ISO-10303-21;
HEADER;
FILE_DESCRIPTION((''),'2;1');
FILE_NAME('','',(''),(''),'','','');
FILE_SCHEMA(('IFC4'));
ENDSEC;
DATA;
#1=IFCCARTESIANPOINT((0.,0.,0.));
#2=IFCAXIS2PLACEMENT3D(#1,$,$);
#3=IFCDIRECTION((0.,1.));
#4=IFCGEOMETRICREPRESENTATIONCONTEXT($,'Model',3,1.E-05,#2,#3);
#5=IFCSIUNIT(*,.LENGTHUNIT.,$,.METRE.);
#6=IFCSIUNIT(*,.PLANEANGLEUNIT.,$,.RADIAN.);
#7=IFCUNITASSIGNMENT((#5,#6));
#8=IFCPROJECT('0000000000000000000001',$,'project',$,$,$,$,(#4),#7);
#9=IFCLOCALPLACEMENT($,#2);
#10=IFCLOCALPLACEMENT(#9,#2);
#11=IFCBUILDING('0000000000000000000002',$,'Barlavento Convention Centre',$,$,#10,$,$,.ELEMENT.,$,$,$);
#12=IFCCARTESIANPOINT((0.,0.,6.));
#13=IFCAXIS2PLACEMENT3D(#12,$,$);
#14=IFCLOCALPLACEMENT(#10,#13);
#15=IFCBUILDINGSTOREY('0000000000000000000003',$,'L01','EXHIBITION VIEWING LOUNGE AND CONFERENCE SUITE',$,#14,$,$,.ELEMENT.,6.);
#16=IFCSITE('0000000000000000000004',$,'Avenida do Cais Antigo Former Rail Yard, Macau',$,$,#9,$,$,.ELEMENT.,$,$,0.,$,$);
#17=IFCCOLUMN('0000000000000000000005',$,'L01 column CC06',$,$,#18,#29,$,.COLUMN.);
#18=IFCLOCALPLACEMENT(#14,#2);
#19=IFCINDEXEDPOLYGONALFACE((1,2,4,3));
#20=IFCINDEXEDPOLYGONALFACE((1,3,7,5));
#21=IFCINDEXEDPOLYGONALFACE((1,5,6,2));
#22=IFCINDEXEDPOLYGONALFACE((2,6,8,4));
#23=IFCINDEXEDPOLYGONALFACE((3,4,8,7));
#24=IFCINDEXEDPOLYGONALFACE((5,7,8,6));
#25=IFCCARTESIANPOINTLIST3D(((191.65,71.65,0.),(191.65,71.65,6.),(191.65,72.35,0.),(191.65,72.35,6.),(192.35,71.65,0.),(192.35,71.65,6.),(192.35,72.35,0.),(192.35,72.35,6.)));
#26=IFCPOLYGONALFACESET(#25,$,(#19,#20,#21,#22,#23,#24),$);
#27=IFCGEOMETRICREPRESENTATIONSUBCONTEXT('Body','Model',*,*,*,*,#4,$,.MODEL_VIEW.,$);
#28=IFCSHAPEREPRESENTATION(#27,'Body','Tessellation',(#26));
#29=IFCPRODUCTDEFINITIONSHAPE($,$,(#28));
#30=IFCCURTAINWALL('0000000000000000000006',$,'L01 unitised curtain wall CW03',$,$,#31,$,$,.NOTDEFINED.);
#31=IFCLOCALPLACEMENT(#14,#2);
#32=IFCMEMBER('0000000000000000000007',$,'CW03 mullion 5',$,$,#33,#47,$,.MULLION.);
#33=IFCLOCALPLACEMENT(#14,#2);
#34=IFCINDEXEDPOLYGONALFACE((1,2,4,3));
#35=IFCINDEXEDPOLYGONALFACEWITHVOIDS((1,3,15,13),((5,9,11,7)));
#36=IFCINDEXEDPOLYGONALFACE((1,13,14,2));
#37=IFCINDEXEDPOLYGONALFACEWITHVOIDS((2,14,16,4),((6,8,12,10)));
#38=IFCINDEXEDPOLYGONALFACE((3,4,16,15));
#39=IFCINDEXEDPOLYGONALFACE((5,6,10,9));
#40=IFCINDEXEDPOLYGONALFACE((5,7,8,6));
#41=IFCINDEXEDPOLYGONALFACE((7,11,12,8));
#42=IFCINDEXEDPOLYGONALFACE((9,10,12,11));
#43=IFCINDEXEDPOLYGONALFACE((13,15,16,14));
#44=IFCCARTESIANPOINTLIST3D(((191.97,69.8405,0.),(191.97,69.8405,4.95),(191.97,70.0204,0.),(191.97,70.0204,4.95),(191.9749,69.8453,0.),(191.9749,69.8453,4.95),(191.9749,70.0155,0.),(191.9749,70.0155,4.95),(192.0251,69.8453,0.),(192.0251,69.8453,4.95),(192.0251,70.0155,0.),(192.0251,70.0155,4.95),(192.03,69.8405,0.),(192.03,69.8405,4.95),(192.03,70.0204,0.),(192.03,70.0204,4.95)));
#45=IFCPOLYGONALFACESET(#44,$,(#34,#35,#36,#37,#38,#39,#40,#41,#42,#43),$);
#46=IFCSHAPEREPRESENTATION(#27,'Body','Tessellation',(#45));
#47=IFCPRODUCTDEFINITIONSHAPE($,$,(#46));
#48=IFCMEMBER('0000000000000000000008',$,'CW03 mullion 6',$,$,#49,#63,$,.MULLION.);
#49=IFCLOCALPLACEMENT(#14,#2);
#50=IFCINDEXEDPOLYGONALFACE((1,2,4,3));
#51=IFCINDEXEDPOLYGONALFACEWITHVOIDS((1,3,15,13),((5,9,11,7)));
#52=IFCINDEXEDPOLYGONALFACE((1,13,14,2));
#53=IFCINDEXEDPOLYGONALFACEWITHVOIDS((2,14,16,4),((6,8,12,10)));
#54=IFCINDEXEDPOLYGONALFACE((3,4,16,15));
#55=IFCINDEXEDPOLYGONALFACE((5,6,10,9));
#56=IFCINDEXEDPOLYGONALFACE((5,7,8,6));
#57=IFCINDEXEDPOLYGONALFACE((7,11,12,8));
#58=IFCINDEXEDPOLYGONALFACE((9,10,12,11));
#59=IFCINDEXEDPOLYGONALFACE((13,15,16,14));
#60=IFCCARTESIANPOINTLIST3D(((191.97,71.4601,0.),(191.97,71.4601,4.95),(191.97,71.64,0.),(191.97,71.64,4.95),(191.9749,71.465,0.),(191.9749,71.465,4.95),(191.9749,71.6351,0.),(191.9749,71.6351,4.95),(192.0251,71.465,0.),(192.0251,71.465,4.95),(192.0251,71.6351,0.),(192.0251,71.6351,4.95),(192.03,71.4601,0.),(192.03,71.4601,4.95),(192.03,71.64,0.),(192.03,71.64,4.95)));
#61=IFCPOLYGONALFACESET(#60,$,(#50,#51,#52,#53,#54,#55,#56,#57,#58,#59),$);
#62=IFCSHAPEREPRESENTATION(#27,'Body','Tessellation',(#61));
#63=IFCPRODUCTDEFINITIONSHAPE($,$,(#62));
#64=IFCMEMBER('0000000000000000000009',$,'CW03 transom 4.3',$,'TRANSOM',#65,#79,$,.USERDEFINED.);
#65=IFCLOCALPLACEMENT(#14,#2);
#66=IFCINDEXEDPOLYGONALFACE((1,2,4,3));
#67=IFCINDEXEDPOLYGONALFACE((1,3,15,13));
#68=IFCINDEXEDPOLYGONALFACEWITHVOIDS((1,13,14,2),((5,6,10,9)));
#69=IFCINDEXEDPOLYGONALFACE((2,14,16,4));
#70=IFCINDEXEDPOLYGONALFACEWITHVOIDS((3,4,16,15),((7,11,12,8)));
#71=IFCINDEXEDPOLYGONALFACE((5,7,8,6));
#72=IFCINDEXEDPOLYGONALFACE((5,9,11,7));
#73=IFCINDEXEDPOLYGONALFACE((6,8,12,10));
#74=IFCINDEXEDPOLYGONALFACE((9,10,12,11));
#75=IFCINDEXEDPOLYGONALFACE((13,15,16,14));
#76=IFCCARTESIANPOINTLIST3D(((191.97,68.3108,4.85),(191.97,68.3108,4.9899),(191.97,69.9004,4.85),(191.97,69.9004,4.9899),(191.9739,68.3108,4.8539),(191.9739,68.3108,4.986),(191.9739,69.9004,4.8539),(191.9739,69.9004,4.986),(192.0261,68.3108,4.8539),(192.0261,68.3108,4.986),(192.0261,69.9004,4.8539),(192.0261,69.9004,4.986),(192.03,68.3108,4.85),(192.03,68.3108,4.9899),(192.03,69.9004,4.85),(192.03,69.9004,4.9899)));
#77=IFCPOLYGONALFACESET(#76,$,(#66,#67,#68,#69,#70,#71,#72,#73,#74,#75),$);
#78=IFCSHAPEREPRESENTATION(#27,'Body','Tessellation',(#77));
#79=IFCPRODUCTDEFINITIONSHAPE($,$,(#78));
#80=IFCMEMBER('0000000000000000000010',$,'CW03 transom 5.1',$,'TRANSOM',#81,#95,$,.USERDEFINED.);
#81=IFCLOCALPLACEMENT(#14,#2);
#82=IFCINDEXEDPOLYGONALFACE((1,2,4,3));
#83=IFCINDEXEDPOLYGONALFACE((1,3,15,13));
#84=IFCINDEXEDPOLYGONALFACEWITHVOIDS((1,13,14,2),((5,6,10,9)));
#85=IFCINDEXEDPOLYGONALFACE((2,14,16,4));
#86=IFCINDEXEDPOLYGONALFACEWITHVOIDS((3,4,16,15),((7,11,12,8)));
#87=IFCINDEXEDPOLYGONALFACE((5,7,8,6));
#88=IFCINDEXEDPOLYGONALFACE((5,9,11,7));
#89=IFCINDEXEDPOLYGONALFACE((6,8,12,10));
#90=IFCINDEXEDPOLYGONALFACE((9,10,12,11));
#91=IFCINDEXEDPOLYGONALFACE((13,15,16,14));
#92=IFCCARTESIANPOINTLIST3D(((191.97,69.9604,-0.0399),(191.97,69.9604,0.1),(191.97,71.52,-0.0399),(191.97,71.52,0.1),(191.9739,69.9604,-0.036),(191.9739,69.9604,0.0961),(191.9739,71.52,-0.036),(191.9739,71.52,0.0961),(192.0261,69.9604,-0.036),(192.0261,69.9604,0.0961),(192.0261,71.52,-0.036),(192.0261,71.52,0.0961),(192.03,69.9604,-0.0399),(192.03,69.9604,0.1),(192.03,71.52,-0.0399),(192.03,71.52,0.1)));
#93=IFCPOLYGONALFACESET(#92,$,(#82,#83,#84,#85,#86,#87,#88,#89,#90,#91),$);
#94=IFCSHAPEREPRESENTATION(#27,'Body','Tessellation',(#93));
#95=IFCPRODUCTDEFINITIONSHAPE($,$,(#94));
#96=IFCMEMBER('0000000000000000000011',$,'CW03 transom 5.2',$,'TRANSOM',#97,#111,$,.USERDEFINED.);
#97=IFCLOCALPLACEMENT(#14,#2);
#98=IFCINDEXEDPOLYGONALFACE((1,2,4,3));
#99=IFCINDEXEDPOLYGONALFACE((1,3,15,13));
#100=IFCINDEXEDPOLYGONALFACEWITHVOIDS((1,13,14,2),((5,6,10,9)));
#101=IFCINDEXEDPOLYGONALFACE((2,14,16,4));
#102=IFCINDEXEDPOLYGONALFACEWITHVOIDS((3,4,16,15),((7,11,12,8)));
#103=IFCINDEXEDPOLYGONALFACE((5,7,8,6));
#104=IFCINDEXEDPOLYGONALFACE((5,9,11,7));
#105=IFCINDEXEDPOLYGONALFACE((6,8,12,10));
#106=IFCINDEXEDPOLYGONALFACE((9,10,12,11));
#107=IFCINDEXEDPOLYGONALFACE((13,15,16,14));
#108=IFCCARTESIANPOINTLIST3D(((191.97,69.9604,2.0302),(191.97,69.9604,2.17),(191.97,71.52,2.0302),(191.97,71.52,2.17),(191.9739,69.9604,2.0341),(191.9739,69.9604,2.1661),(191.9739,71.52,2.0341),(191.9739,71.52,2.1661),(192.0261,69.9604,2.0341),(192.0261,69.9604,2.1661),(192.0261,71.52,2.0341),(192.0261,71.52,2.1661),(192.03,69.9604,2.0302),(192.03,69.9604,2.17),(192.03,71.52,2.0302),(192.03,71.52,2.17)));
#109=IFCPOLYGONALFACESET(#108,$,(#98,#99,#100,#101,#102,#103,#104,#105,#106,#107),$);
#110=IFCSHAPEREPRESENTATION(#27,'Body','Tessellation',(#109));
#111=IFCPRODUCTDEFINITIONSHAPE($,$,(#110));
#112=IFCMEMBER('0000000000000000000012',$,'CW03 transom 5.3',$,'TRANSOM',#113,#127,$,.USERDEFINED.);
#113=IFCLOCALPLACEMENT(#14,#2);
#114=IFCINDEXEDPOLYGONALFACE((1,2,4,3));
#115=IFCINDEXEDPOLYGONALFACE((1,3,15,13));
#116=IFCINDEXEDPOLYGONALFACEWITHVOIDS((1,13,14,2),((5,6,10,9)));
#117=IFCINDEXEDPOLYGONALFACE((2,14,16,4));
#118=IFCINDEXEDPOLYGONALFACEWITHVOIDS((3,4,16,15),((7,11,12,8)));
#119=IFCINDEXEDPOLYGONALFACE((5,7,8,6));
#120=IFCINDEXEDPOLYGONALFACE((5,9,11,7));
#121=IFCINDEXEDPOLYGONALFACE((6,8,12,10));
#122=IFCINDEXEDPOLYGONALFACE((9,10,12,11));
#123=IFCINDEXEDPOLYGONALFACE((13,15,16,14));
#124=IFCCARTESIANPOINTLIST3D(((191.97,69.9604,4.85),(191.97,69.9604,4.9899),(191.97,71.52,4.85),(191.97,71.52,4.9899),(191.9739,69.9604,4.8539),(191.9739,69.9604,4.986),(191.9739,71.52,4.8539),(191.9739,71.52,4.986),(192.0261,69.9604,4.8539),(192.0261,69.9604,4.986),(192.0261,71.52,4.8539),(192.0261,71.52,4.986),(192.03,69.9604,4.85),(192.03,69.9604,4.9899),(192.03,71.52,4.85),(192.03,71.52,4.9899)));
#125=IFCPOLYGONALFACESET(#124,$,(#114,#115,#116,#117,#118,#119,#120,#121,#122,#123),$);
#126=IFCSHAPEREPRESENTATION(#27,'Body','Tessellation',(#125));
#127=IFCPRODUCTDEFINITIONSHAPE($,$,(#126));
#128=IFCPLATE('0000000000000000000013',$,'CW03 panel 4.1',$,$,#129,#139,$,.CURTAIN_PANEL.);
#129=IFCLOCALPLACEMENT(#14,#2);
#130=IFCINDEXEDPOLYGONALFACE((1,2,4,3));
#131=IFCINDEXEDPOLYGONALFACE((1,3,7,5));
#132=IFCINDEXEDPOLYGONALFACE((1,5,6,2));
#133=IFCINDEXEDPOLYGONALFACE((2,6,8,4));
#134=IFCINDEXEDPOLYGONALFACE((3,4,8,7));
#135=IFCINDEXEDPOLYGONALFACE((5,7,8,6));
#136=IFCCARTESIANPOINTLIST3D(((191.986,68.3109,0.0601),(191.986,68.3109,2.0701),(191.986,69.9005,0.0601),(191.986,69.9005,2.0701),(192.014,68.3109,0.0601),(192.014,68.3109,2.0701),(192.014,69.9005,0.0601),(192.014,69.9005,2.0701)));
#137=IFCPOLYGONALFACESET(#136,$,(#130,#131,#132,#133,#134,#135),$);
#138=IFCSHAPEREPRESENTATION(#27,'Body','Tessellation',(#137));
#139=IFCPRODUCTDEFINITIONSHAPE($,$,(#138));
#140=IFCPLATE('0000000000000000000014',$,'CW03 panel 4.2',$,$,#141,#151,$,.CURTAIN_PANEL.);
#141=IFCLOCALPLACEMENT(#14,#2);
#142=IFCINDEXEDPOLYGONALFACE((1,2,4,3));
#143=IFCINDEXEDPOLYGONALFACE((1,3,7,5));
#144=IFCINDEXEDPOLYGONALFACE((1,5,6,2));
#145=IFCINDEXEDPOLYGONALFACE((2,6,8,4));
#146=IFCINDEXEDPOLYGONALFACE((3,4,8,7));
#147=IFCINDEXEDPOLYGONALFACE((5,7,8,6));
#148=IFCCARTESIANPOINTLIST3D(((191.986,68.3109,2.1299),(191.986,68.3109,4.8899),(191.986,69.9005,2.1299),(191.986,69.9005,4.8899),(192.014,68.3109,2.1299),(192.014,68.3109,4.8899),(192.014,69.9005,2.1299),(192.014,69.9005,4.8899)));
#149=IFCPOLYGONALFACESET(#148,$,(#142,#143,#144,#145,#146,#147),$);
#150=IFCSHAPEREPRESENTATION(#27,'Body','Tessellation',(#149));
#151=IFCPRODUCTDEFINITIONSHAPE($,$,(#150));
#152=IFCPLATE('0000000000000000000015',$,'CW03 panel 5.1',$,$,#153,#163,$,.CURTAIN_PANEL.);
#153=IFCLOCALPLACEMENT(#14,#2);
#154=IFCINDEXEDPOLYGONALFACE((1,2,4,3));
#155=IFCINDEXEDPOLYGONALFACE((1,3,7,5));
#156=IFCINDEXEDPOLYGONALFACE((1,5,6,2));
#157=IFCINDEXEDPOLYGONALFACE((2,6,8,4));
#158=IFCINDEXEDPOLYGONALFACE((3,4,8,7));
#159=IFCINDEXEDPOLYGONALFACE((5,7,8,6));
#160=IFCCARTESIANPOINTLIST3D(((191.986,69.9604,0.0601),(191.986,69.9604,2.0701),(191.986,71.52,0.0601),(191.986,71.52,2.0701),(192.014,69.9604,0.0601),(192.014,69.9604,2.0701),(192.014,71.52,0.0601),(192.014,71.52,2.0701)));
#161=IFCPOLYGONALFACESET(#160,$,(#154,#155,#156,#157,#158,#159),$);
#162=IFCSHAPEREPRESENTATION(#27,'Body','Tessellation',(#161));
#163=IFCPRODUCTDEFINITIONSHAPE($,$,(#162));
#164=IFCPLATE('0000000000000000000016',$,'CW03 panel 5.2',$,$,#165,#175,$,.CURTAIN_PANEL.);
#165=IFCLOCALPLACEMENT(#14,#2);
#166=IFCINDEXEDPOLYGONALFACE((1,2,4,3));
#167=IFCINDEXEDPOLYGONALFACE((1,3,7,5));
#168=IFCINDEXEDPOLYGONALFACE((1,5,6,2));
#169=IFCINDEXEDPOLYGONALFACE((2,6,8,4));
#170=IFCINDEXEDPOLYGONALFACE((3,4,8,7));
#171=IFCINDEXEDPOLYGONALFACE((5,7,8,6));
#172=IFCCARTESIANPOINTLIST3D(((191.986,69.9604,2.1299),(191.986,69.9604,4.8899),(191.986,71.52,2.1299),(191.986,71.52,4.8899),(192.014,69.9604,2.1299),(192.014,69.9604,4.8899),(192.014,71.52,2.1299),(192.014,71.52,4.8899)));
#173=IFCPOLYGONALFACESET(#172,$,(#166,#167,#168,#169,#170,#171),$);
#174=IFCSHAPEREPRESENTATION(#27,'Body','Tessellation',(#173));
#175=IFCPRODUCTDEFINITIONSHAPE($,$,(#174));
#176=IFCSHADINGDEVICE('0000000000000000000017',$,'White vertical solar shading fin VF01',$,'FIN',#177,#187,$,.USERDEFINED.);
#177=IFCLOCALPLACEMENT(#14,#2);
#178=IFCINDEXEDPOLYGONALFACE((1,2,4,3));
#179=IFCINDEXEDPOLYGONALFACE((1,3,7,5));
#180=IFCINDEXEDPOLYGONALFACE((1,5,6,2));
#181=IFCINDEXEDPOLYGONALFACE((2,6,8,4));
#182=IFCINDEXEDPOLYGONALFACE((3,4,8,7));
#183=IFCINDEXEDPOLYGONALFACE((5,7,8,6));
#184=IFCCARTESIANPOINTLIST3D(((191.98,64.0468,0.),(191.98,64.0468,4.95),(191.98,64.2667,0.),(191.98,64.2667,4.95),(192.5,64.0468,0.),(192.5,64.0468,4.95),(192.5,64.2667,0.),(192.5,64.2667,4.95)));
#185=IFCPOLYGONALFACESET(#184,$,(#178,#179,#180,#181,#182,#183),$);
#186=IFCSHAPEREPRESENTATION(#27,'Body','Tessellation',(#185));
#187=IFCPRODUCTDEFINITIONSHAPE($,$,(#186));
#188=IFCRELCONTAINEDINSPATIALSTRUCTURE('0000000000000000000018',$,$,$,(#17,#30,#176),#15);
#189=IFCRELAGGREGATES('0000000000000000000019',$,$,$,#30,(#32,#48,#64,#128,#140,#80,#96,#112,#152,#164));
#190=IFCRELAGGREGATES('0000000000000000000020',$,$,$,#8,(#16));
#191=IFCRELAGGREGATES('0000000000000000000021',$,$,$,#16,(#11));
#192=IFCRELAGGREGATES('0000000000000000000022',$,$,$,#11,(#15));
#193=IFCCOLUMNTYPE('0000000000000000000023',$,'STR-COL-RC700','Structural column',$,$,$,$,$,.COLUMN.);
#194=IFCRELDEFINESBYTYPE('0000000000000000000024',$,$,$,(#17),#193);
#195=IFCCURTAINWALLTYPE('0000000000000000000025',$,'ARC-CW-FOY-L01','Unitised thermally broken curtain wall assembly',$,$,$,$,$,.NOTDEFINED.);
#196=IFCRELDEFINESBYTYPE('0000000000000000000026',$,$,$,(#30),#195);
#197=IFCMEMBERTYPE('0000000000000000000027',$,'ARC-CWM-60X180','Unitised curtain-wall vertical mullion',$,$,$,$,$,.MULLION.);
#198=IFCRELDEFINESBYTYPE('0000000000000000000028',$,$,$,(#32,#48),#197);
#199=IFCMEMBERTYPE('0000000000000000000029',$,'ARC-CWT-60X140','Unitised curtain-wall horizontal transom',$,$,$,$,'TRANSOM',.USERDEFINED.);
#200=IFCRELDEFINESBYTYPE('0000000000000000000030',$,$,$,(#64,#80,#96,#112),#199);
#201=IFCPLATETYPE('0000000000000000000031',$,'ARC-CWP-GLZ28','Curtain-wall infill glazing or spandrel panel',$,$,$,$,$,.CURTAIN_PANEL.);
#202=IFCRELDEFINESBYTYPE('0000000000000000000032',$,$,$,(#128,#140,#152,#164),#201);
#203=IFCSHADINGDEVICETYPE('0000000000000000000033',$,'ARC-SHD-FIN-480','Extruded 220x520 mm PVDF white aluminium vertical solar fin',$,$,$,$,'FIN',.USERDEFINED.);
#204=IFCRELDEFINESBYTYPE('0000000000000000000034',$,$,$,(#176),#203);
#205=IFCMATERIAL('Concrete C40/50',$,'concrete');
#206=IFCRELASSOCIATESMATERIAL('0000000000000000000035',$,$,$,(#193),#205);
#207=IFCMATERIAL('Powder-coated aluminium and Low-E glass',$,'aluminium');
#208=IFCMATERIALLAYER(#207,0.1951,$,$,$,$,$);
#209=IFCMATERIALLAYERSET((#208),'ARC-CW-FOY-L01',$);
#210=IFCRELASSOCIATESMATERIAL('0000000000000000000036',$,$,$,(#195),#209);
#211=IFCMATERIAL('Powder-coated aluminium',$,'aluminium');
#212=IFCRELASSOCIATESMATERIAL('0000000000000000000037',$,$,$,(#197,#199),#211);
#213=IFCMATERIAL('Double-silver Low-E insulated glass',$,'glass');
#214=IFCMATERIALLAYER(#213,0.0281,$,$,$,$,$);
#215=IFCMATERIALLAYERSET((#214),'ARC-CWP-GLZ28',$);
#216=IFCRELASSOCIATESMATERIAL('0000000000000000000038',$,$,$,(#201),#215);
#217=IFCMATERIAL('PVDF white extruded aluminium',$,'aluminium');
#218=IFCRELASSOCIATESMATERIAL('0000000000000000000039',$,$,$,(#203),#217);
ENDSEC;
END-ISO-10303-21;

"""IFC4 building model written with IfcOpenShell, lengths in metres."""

from ifc_helpers import new_model, si_unit, direction, frame, origin, origin_2d, place, context, subcontext, project, spatial, rectangle, hollow_rectangle, extrude, material, layer, layer_set, material_profile, profile_set, type_object, element, aggregate, save


model = new_model("IFC4")

# Units and contexts
model_context = context("Model", 3, precision=1e-05, world=origin(), true_north=direction((0.0, 1.0)))
body_context = subcontext(model_context, "Body", "Model", "MODEL_VIEW")
ifc_project = project(units=[si_unit("LENGTHUNIT", "METRE"), si_unit("PLANEANGLEUNIT", "RADIAN")], contexts=[model_context])

# Site, building, storey
site_placement = place(None, origin())
site = spatial("IfcSite", under=ifc_project, at=site_placement, Name="Avenida do Cais Antigo Former Rail Yard, Macau", CompositionType="ELEMENT", RefElevation=0.0)
building_placement = place(site_placement, origin())
building = spatial("IfcBuilding", under=site, at=building_placement, Name="Barlavento Convention Centre", CompositionType="ELEMENT")
storey_placement = place(building_placement, frame((0.0, 0.0, 6.0)))
storey = spatial("IfcBuildingStorey", under=building, at=storey_placement, Name="L01", Description="EXHIBITION VIEWING LOUNGE AND CONFERENCE SUITE", CompositionType="ELEMENT", Elevation=6.0)

# Column
ifc_material_1 = material(Name="Concrete C40/50", Category="concrete")
ifc_material_profile_1 = material_profile(ifc_material_1, rectangle(XDim=0.7, YDim=0.7, at=origin_2d()), Name="RC 700x700")
ifc_profile_set_1 = profile_set([ifc_material_profile_1], Name="Concrete C40/50")
column_type = type_object("IfcColumnType", Name="STR-COL-RC700", Description="Structural column", PredefinedType="COLUMN", material=ifc_profile_set_1)
column_placement = place(storey_placement, frame((192.0, 72.0, 0.0), z_axis=(0.0, 0.0, 1.0), x_axis=(1.0, 0.0, 0.0)))
element("IfcColumn", 1, at=column_placement, inside=storey, type_object=column_type, Name="L01 column CC06", PredefinedType="COLUMN", context=body_context, shape_type="SweptSolid", body=[
    extrude(rectangle(XDim=0.7, YDim=0.7, at=origin_2d()), origin(), (0.0, 0.0, 1.0), 6.0),
])

# Curtain wall, members, plates
ifc_material_2 = material(Name="Powder-coated aluminium and Low-E glass", Category="aluminium")
ifc_layer_1 = layer(ifc_material_2, 0.1951)
ifc_layer_set_1 = layer_set([ifc_layer_1], Name="ARC-CW-FOY-L01")
curtain_wall_type = type_object("IfcCurtainWallType", Name="ARC-CW-FOY-L01", Description="Unitised thermally broken curtain wall assembly", PredefinedType="NOTDEFINED", material=ifc_layer_set_1)
curtain_wall_placement = place(storey_placement, origin())
curtain_wall = element("IfcCurtainWall", 2, at=curtain_wall_placement, inside=storey, type_object=curtain_wall_type, Name="L01 unitised curtain wall CW03", PredefinedType="NOTDEFINED")
ifc_material_3 = material(Name="Powder-coated aluminium", Category="aluminium")
ifc_material_profile_2 = material_profile(ifc_material_3, hollow_rectangle(XDim=0.0601, YDim=0.1799, WallThickness=0.0049, at=origin_2d()), Name="AL-MULL 60x180x5")
ifc_profile_set_2 = profile_set([ifc_material_profile_2], Name="Powder-coated aluminium")
member_type_1 = type_object("IfcMemberType", Name="ARC-CWM-60X180", Description="Unitised curtain-wall vertical mullion", PredefinedType="MULLION", material=ifc_profile_set_2)
member_1_placement = place(storey_placement, frame((192.0, 69.9304, 0.0), z_axis=(0.0, 0.0, 1.0), x_axis=(-1.0, 0.0, 0.0)))
member_1 = element("IfcMember", 3, at=member_1_placement, type_object=member_type_1, Name="CW03 mullion 5", PredefinedType="MULLION", context=body_context, shape_type="SweptSolid", body=[
    extrude(hollow_rectangle(XDim=0.0601, YDim=0.1799, WallThickness=0.0049, at=origin_2d()), origin(), (0.0, 0.0, 1.0), 4.95),
])
member_2_placement = place(storey_placement, frame((192.0, 71.55, 0.0), z_axis=(0.0, 0.0, 1.0), x_axis=(-1.0, 0.0, 0.0)))
member_2 = element("IfcMember", 4, at=member_2_placement, type_object=member_type_1, Name="CW03 mullion 6", PredefinedType="MULLION", context=body_context, shape_type="SweptSolid", body=[
    extrude(hollow_rectangle(XDim=0.0601, YDim=0.1799, WallThickness=0.0049, at=origin_2d()), origin(), (0.0, 0.0, 1.0), 4.95),
])
ifc_material_profile_3 = material_profile(ifc_material_3, hollow_rectangle(XDim=0.0601, YDim=0.1399, WallThickness=0.0039, at=origin_2d()), Name="AL-TRAN 60x140x4")
ifc_profile_set_3 = profile_set([ifc_material_profile_3], Name="Powder-coated aluminium")
member_type_2 = type_object("IfcMemberType", Name="ARC-CWT-60X140", Description="Unitised curtain-wall horizontal transom", ElementType="TRANSOM", PredefinedType="USERDEFINED", material=ifc_profile_set_3)
member_3_placement = place(storey_placement, frame((192.0, 68.3108, 4.9199), z_axis=(0.0, 1.0, 0.0), x_axis=(-1.0, 0.0, 0.0)))
member_3 = element("IfcMember", 5, at=member_3_placement, type_object=member_type_2, Name="CW03 transom 4.3", ObjectType="TRANSOM", PredefinedType="USERDEFINED", context=body_context, shape_type="SweptSolid", body=[
    extrude(hollow_rectangle(XDim=0.0601, YDim=0.1399, WallThickness=0.0039, at=origin_2d()), origin(), (0.0, 0.0, 1.0), 1.5896),
])
member_4_placement = place(storey_placement, frame((192.0, 69.9604, 0.03), z_axis=(0.0, 1.0, 0.0), x_axis=(-1.0, 0.0, 0.0)))
member_4 = element("IfcMember", 6, at=member_4_placement, type_object=member_type_2, Name="CW03 transom 5.1", ObjectType="TRANSOM", PredefinedType="USERDEFINED", context=body_context, shape_type="SweptSolid", body=[
    extrude(hollow_rectangle(XDim=0.0601, YDim=0.1399, WallThickness=0.0039, at=origin_2d()), origin(), (0.0, 0.0, 1.0), 1.5596),
])
member_5_placement = place(storey_placement, frame((192.0, 69.9604, 2.1001), z_axis=(0.0, 1.0, 0.0), x_axis=(-1.0, 0.0, 0.0)))
member_5 = element("IfcMember", 7, at=member_5_placement, type_object=member_type_2, Name="CW03 transom 5.2", ObjectType="TRANSOM", PredefinedType="USERDEFINED", context=body_context, shape_type="SweptSolid", body=[
    extrude(hollow_rectangle(XDim=0.0601, YDim=0.1399, WallThickness=0.0039, at=origin_2d()), origin(), (0.0, 0.0, 1.0), 1.5596),
])
member_6_placement = place(storey_placement, frame((192.0, 69.9604, 4.9199), z_axis=(0.0, 1.0, 0.0), x_axis=(-1.0, 0.0, 0.0)))
member_6 = element("IfcMember", 8, at=member_6_placement, type_object=member_type_2, Name="CW03 transom 5.3", ObjectType="TRANSOM", PredefinedType="USERDEFINED", context=body_context, shape_type="SweptSolid", body=[
    extrude(hollow_rectangle(XDim=0.0601, YDim=0.1399, WallThickness=0.0039, at=origin_2d()), origin(), (0.0, 0.0, 1.0), 1.5596),
])
ifc_material_4 = material(Name="Double-silver Low-E insulated glass", Category="glass")
ifc_layer_2 = layer(ifc_material_4, 0.0281)
ifc_layer_set_2 = layer_set([ifc_layer_2], Name="ARC-CWP-GLZ28")
plate_type = type_object("IfcPlateType", Name="ARC-CWP-GLZ28", Description="Curtain-wall infill glazing or spandrel panel", PredefinedType="CURTAIN_PANEL", material=ifc_layer_set_2)
plate_1_placement = place(storey_placement, frame((192.0, 69.1057, 0.0601), z_axis=(0.0, 0.0, 1.0), x_axis=(0.0, 1.0, 0.0)))
plate_1 = element("IfcPlate", 9, at=plate_1_placement, type_object=plate_type, Name="CW03 panel 4.1", PredefinedType="CURTAIN_PANEL", context=body_context, shape_type="SweptSolid", body=[
    extrude(rectangle(XDim=1.5896, YDim=0.0281, at=origin_2d()), origin(), (0.0, 0.0, 1.0), 2.01),
])
plate_2_placement = place(storey_placement, frame((192.0, 69.1057, 2.1299), z_axis=(0.0, 0.0, 1.0), x_axis=(0.0, 1.0, 0.0)))
plate_2 = element("IfcPlate", 10, at=plate_2_placement, type_object=plate_type, Name="CW03 panel 4.2", PredefinedType="CURTAIN_PANEL", context=body_context, shape_type="SweptSolid", body=[
    extrude(rectangle(XDim=1.5896, YDim=0.0281, at=origin_2d()), origin(), (0.0, 0.0, 1.0), 2.76),
])
plate_3_placement = place(storey_placement, frame((192.0, 70.7402, 0.0601), z_axis=(0.0, 0.0, 1.0), x_axis=(0.0, 1.0, 0.0)))
plate_3 = element("IfcPlate", 11, at=plate_3_placement, type_object=plate_type, Name="CW03 panel 5.1", PredefinedType="CURTAIN_PANEL", context=body_context, shape_type="SweptSolid", body=[
    extrude(rectangle(XDim=1.5596, YDim=0.0281, at=origin_2d()), origin(), (0.0, 0.0, 1.0), 2.01),
])
plate_4_placement = place(storey_placement, frame((192.0, 70.7402, 2.1299), z_axis=(0.0, 0.0, 1.0), x_axis=(0.0, 1.0, 0.0)))
plate_4 = element("IfcPlate", 12, at=plate_4_placement, type_object=plate_type, Name="CW03 panel 5.2", PredefinedType="CURTAIN_PANEL", context=body_context, shape_type="SweptSolid", body=[
    extrude(rectangle(XDim=1.5596, YDim=0.0281, at=origin_2d()), origin(), (0.0, 0.0, 1.0), 2.76),
])
aggregate(curtain_wall, [member_1, member_2, member_3, plate_1, plate_2, member_4, member_5, member_6, plate_3, plate_4])

# Shading device
ifc_material_5 = material(Name="PVDF white extruded aluminium", Category="aluminium")
shading_device_type = type_object("IfcShadingDeviceType", Name="ARC-SHD-FIN-480", Description="Extruded 220x520 mm PVDF white aluminium vertical solar fin", ElementType="FIN", PredefinedType="USERDEFINED", material=ifc_material_5)
for number, where, z_axis, x_axis, name in (
    (13, (192.24, 64.1567, 0.0), (0.0, 0.0, 1.0), (0.0, 1.0, 0.0), "White vertical solar shading fin VF01"),
):
    element("IfcShadingDevice", number, at=place(storey_placement, frame(where, z_axis=z_axis, x_axis=x_axis)), inside=storey, type_object=shading_device_type, Name=name, ObjectType="FIN", PredefinedType="USERDEFINED", context=body_context, shape_type="SweptSolid", body=[
        extrude(rectangle(XDim=0.22, YDim=0.52, at=origin_2d()), origin(), (0.0, 0.0, 1.0), 4.95),
    ])

save(model, "model.ifc")
